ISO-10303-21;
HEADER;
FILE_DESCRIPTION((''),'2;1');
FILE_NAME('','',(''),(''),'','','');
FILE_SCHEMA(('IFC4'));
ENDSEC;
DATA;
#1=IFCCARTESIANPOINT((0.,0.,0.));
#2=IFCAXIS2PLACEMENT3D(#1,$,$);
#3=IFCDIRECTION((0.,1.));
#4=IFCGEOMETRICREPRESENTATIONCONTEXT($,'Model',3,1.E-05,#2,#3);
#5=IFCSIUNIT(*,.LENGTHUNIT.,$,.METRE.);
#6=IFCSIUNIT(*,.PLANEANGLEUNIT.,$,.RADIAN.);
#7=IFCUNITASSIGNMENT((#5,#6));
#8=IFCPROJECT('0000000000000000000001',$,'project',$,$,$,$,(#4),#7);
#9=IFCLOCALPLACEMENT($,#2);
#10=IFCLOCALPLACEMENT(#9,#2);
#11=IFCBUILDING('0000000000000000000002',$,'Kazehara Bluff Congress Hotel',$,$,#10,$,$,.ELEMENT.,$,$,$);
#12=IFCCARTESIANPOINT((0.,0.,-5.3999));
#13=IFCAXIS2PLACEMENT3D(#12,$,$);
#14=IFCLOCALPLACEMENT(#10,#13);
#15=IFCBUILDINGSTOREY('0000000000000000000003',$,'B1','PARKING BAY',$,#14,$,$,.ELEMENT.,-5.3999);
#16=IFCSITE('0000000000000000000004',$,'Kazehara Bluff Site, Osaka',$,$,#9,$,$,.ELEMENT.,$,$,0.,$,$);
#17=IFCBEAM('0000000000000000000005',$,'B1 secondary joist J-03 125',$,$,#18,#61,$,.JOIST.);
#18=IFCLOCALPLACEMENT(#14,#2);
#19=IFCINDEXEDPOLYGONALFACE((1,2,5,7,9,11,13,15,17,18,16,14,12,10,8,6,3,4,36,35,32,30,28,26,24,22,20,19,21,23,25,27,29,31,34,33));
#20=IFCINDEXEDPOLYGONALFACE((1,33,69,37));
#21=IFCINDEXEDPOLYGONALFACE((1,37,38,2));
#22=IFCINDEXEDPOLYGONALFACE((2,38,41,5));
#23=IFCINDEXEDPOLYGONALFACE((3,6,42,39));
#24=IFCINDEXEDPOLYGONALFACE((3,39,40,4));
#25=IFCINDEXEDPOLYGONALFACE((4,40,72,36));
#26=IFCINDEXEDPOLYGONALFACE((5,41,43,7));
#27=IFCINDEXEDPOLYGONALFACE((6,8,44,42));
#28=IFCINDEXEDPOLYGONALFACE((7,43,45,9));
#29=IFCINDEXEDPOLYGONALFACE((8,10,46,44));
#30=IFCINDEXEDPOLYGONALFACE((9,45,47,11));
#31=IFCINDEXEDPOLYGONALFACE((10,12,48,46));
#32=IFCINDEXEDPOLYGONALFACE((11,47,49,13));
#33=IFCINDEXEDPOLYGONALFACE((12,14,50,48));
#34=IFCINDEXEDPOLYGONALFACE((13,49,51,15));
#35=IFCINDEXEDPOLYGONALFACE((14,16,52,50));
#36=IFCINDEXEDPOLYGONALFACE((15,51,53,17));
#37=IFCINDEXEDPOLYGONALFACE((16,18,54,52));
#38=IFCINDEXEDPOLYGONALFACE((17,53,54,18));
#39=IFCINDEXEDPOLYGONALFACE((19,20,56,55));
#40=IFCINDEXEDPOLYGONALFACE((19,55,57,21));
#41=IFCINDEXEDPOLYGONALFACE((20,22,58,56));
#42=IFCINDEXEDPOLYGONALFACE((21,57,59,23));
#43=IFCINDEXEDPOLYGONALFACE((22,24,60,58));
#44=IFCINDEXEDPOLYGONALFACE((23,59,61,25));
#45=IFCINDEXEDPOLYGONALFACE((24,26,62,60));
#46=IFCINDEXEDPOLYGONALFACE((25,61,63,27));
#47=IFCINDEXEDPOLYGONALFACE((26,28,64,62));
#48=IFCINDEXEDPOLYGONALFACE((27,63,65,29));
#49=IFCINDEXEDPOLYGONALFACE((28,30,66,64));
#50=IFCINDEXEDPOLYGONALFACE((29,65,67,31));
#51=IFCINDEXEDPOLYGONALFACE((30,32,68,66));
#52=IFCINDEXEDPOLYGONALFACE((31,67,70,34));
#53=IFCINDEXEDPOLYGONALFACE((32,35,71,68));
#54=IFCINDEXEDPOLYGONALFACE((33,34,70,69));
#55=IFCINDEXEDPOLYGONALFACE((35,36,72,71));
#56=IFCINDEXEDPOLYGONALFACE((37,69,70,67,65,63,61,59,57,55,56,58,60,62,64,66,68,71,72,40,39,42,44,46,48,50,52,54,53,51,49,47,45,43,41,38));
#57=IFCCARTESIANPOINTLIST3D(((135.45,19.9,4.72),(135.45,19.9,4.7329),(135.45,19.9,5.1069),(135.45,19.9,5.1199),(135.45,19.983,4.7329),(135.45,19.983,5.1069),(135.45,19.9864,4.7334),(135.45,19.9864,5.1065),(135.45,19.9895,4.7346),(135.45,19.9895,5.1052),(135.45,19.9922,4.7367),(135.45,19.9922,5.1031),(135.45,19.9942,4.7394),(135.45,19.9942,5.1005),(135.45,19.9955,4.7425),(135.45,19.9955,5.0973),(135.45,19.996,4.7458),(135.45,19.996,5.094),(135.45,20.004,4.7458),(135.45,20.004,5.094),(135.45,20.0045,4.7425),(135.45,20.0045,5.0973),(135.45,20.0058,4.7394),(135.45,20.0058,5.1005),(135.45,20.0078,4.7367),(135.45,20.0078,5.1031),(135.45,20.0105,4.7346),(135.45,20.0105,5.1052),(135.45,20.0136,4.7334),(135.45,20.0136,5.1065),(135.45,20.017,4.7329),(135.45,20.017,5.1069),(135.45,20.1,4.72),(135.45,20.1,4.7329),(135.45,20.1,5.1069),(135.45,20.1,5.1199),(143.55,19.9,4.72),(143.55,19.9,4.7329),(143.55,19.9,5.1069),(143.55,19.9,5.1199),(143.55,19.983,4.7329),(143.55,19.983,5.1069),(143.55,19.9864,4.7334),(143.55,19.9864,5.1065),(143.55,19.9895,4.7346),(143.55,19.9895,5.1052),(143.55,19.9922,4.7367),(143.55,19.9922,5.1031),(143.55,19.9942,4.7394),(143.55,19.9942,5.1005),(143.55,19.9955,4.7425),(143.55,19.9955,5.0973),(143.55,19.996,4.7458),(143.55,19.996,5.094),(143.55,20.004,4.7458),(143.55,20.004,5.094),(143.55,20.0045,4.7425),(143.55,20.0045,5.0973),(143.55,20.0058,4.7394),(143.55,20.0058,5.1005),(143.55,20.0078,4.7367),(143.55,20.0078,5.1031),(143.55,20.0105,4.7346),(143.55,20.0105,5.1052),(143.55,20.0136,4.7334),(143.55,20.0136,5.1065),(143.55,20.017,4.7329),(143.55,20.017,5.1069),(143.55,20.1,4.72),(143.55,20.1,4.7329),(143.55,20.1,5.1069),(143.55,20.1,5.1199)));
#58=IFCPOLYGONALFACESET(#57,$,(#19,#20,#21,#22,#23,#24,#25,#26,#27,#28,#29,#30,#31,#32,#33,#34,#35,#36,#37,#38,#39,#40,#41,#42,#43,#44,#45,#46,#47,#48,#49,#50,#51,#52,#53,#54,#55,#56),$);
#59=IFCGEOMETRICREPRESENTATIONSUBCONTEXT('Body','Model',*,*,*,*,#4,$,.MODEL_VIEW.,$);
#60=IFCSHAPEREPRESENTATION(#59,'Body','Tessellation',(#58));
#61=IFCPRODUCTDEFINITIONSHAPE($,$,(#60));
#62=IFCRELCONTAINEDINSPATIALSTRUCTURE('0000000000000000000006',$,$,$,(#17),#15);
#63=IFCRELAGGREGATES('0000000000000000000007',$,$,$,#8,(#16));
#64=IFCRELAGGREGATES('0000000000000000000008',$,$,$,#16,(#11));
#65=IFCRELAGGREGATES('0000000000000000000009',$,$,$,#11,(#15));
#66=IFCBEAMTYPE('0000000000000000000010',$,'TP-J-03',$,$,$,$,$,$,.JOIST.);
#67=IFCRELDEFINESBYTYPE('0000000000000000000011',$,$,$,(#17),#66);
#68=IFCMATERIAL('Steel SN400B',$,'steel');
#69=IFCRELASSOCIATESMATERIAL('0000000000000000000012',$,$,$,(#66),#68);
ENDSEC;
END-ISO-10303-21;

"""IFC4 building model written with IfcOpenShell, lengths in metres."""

from ifc_helpers import new_model, si_unit, direction, frame, origin, origin_2d, place, context, subcontext, project, spatial, i_section, extrude, material, material_profile, profile_set, type_object, element, save


model = new_model("IFC4")

# Units and contexts
model_context = context("Model", 3, precision=1e-05, world=origin(), true_north=direction((0.0, 1.0)))
body_context = subcontext(model_context, "Body", "Model", "MODEL_VIEW")
ifc_project = project(units=[si_unit("LENGTHUNIT", "METRE"), si_unit("PLANEANGLEUNIT", "RADIAN")], contexts=[model_context])

# Site, building, storey
site_placement = place(None, origin())
site = spatial("IfcSite", under=ifc_project, at=site_placement, Name="Kazehara Bluff Site, Osaka", CompositionType="ELEMENT", RefElevation=0.0)
building_placement = place(site_placement, origin())
building = spatial("IfcBuilding", under=site, at=building_placement, Name="Kazehara Bluff Congress Hotel", CompositionType="ELEMENT")
storey_placement = place(building_placement, frame((0.0, 0.0, -5.3999)))
storey = spatial("IfcBuildingStorey", under=building, at=storey_placement, Name="B1", Description="PARKING BAY", CompositionType="ELEMENT", Elevation=-5.3999)

# Beam
ifc_material_1 = material(Name="Steel SN400B", Category="steel")
ifc_material_profile_1 = material_profile(ifc_material_1, i_section(OverallWidth=0.2, OverallDepth=0.3999, WebThickness=0.0081, FlangeThickness=0.0129, FilletRadius=0.0129, at=origin_2d()))
ifc_profile_set_1 = profile_set([ifc_material_profile_1], Name="Steel SN400B")
beam_type_1 = type_object("IfcBeamType", Name="TP-J-03", PredefinedType="JOIST", material=ifc_profile_set_1)
beam_placement = place(storey_placement, frame((135.45, 20.0, 4.9199), z_axis=(1.0, 0.0, 0.0), x_axis=(0.0, 1.0, 0.0)))
element("IfcBeam", 1, at=beam_placement, inside=storey, type_object=beam_type_1, Name="B1 secondary joist J-03 125", PredefinedType="JOIST", context=body_context, shape_type="SweptSolid", body=[
    extrude(i_section(OverallWidth=0.2, OverallDepth=0.3999, WebThickness=0.0081, FlangeThickness=0.0129, FilletRadius=0.0129, at=origin_2d()), origin(), (0.0, 0.0, 1.0), 8.1001),
])

save(model, "model.ifc")
